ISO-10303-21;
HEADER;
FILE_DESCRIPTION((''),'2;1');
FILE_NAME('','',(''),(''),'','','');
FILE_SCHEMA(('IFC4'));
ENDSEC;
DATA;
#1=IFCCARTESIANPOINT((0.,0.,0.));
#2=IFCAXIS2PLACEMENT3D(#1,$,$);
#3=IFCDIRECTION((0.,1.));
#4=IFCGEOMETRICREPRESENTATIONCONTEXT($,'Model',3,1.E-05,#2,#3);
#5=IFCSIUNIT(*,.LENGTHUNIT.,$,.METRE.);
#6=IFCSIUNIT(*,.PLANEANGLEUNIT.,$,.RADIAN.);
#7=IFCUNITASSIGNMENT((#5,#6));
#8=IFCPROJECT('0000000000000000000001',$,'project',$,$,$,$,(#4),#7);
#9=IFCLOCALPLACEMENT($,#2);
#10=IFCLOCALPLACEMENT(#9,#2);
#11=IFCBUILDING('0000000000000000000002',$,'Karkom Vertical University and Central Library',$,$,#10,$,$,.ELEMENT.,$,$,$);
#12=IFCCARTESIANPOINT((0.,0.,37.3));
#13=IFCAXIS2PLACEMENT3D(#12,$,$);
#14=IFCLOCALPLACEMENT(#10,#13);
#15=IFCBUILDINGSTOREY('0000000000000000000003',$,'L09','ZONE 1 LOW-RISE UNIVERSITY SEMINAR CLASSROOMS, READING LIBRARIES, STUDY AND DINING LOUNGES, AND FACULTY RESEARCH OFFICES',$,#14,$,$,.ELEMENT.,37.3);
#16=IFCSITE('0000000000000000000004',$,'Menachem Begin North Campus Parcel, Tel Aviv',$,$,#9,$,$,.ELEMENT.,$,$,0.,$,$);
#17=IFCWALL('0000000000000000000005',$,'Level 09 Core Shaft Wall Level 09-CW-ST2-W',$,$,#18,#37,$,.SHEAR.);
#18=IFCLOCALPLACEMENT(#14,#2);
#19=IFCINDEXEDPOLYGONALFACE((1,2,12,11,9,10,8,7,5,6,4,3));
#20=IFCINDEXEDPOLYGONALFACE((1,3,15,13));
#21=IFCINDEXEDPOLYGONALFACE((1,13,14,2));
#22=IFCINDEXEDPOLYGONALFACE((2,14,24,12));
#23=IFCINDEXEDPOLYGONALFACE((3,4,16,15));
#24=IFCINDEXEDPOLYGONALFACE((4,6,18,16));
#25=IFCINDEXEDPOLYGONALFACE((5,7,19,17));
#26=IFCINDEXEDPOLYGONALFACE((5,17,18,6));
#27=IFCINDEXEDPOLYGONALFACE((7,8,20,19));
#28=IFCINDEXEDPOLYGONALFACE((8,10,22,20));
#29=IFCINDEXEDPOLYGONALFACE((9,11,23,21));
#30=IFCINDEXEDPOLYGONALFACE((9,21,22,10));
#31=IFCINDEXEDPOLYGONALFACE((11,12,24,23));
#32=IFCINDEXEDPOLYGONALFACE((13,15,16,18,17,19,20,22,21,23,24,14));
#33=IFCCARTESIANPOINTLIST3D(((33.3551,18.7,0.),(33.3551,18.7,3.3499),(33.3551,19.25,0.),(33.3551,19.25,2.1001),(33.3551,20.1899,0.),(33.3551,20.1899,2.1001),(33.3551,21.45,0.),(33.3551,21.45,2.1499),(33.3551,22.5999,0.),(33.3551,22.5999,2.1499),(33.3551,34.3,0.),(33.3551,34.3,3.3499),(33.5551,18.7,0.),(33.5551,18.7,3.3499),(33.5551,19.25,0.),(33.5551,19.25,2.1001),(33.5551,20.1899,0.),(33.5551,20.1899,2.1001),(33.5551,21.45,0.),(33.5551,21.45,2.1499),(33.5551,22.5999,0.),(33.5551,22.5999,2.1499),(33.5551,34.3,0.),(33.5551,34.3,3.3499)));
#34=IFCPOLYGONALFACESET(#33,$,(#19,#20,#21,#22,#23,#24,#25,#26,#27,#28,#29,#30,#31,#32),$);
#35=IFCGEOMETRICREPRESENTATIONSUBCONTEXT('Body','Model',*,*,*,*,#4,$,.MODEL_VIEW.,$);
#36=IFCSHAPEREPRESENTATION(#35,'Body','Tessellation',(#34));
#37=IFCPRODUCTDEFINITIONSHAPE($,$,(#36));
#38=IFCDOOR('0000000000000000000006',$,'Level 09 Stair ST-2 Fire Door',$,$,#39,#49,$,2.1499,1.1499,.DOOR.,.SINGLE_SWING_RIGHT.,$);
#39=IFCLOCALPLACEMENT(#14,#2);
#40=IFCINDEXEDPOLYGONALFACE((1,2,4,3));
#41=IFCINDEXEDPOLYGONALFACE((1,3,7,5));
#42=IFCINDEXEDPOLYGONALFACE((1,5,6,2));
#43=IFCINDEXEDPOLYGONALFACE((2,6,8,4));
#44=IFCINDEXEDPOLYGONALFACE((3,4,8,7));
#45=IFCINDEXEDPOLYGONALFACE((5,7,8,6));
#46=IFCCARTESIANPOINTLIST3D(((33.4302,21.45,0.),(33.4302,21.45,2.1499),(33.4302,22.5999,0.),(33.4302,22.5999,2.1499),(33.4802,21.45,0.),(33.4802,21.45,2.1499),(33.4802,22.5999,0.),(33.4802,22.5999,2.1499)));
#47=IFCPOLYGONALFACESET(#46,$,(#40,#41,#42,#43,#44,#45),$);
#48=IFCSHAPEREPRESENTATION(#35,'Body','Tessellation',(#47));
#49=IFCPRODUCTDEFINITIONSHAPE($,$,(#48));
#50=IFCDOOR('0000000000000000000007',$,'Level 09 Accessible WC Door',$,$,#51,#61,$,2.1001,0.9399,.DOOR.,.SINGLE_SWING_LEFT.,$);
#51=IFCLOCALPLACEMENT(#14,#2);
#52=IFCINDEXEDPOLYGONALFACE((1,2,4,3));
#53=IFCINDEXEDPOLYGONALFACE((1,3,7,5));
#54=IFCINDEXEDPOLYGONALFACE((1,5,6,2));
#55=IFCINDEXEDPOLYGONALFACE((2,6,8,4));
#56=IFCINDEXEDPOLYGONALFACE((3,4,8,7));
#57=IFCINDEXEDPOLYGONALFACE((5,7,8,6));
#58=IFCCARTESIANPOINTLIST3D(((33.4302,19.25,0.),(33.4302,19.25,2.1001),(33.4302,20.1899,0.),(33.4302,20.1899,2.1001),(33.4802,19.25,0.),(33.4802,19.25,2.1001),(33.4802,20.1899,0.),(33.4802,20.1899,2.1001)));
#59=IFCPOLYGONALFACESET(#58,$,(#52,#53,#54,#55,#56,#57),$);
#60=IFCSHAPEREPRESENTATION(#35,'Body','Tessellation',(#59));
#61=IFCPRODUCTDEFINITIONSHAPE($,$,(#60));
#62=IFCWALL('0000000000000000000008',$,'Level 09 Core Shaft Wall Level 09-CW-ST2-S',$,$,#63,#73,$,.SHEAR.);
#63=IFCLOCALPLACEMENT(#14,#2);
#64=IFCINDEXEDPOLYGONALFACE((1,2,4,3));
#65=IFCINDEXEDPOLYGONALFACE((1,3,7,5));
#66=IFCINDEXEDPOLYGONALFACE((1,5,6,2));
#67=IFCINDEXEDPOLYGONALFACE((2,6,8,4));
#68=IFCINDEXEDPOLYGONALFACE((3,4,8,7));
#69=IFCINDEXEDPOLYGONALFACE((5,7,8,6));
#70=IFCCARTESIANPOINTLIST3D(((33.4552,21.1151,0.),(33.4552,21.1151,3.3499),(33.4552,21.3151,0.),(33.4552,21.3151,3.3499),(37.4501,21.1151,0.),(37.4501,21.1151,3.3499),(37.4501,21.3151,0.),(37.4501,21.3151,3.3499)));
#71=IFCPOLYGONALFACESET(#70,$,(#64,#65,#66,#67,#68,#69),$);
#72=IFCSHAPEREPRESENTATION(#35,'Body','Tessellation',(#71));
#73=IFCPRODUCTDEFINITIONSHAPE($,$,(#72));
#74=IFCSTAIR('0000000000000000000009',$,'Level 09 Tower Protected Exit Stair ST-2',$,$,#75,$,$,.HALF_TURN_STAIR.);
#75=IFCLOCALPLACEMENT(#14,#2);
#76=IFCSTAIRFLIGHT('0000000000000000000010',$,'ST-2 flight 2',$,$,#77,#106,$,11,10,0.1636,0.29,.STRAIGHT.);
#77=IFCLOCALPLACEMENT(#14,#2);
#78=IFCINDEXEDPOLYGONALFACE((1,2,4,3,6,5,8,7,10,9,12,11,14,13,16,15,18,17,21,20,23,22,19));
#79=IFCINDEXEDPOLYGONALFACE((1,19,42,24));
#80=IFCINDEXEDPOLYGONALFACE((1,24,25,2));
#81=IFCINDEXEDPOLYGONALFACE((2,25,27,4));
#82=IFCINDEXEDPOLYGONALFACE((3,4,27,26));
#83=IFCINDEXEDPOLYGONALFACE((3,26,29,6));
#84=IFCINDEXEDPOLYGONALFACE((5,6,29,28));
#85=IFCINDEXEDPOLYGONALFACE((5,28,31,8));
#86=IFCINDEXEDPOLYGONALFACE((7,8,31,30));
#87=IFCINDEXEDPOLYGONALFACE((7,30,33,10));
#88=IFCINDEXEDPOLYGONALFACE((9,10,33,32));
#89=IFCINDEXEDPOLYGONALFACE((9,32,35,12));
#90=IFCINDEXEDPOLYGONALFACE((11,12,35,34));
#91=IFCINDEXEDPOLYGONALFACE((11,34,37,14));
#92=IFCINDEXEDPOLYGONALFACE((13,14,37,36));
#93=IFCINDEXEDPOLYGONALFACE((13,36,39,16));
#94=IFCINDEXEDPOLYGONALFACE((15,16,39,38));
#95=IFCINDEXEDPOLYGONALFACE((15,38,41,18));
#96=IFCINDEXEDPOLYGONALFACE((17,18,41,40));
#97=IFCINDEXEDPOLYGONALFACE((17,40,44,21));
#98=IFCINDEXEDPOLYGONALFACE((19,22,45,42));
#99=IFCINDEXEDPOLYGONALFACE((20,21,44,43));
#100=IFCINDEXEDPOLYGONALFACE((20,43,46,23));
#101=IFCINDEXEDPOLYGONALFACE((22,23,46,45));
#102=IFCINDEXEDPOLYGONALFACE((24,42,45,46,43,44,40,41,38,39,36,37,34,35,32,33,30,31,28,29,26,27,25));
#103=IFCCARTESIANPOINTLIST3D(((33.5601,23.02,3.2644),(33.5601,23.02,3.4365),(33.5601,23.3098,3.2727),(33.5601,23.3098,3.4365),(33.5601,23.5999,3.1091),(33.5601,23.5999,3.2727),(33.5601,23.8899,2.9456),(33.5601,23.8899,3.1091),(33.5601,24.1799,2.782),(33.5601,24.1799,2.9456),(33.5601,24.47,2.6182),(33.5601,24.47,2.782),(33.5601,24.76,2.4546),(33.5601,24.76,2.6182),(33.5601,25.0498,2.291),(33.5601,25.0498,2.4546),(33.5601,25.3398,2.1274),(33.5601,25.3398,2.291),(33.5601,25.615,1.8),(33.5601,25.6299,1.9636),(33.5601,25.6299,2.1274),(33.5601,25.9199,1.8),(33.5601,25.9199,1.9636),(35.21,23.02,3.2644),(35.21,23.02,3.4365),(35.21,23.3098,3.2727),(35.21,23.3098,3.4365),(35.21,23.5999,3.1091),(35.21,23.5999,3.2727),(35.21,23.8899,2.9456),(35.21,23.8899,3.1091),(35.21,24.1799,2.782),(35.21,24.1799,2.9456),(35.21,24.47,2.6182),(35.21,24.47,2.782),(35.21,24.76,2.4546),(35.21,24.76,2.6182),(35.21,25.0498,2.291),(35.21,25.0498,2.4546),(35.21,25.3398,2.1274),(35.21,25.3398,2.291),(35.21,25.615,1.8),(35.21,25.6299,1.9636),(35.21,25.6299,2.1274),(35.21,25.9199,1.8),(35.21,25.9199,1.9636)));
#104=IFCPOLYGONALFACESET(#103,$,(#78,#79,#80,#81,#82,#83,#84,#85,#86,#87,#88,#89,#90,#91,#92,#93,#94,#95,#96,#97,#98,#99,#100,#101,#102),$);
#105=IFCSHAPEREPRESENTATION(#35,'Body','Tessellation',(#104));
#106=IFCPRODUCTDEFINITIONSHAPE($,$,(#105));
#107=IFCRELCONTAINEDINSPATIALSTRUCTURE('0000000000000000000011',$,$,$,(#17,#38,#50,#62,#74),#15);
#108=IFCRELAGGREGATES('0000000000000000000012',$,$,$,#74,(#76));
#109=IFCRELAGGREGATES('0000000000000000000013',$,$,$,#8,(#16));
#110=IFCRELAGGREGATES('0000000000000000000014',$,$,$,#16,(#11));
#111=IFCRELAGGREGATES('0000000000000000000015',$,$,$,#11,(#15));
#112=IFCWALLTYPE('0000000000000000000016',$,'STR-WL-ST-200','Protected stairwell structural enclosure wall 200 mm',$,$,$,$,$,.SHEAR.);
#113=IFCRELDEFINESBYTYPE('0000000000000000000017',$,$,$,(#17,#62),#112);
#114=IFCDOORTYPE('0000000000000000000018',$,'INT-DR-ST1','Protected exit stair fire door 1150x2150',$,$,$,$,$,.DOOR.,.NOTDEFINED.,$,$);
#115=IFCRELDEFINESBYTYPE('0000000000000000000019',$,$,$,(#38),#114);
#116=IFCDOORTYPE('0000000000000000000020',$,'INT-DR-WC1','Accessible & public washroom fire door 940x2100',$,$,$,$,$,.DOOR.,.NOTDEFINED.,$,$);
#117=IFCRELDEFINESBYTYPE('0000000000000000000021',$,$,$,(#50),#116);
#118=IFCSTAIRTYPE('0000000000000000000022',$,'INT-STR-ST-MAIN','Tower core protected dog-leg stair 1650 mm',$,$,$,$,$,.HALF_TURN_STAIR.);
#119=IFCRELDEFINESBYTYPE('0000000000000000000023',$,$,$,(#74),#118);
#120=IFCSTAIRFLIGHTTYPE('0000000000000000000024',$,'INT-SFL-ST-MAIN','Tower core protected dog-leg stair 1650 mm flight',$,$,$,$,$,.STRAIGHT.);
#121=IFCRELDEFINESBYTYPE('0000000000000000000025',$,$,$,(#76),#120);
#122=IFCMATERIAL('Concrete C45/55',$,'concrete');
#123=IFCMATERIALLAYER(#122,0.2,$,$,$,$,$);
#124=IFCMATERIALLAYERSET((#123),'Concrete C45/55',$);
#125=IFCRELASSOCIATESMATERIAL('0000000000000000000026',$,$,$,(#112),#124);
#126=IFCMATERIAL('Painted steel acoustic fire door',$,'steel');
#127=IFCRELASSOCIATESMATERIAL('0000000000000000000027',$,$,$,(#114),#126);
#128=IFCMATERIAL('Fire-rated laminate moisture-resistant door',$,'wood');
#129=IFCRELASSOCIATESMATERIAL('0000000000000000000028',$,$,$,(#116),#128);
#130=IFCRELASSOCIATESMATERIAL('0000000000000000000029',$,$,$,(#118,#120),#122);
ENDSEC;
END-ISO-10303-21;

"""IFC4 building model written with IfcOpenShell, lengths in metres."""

from ifc_helpers import new_model, si_unit, direction, frame, frame_2d, origin, origin_with_axes, place, context, subcontext, project, spatial, polyline, rectangle, outline, extrude, source, transform, mapped, material, layer, layer_set, type_object, element, fill, aggregate, save


model = new_model("IFC4")

# Units and contexts
model_context = context("Model", 3, precision=1e-05, world=origin(), true_north=direction((0.0, 1.0)))
body_context = subcontext(model_context, "Body", "Model", "MODEL_VIEW")
ifc_project = project(units=[si_unit("LENGTHUNIT", "METRE"), si_unit("PLANEANGLEUNIT", "RADIAN")], contexts=[model_context])

# Site, building, storey
site_placement = place(None, origin())
site = spatial("IfcSite", under=ifc_project, at=site_placement, Name="Menachem Begin North Campus Parcel, Tel Aviv", CompositionType="ELEMENT", RefElevation=0.0)
building_placement = place(site_placement, origin())
building = spatial("IfcBuilding", under=site, at=building_placement, Name="Karkom Vertical University and Central Library", CompositionType="ELEMENT")
storey_placement = place(building_placement, frame((0.0, 0.0, 37.3)))
storey = spatial("IfcBuildingStorey", under=building, at=storey_placement, Name="L09", Description="ZONE 1 LOW-RISE UNIVERSITY SEMINAR CLASSROOMS, READING LIBRARIES, STUDY AND DINING LOUNGES, AND FACULTY RESEARCH OFFICES", CompositionType="ELEMENT", Elevation=37.3)

# Wall, openings, doors
ifc_material_1 = material(Name="Concrete C45/55", Category="concrete")
ifc_layer_1 = layer(ifc_material_1, 0.2)
ifc_layer_set_1 = layer_set([ifc_layer_1], Name="Concrete C45/55")
wall_type_1 = type_object("IfcWallType", Name="STR-WL-ST-200", Description="Protected stairwell structural enclosure wall 200 mm", PredefinedType="SHEAR", material=ifc_layer_set_1)
wall_1_placement = place(storey_placement, frame((33.4551, 18.7, 0.0), z_axis=(0.0, 0.0, 1.0), x_axis=(0.0, 1.0, 0.0)))
wall_1 = element("IfcWall", 1, at=wall_1_placement, inside=storey, type_object=wall_type_1, Name="Level 09 Core Shaft Wall Level 09-CW-ST2-W", PredefinedType="SHEAR", context=body_context, shape_type="SweptSolid", body=[
    extrude(rectangle(XDim=15.6001, YDim=0.2, at=frame_2d((7.8, 0.0))), origin(), (0.0, 0.0, 1.0), 3.3499),
])
opening_1_placement = place(wall_1_placement, frame((2.75, 0.0, 0.0)))
opening_1 = element("IfcOpeningElement", 2, at=opening_1_placement, cuts=wall_1, PredefinedType="OPENING", context=body_context, shape_type="SweptSolid", body=[
    extrude(rectangle(XDim=1.1499, YDim=2.1499, at=frame_2d((0.575, 1.075))), frame((0.0, 0.1099, 0.0), z_axis=(0.0, -1.0, 0.0), x_axis=(1.0, 0.0, 0.0)), (0.0, 0.0, 1.0), 0.22),
])
opening_2_placement = place(wall_1_placement, frame((0.55, 0.0, 0.0)))
opening_2 = element("IfcOpeningElement", 3, at=opening_2_placement, cuts=wall_1, PredefinedType="OPENING", context=body_context, shape_type="SweptSolid", body=[
    extrude(rectangle(XDim=0.9399, YDim=2.1001, at=frame_2d((0.47, 1.05))), frame((0.0, 0.1099, 0.0), z_axis=(0.0, -1.0, 0.0), x_axis=(1.0, 0.0, 0.0)), (0.0, 0.0, 1.0), 0.22),
])
ifc_material_2 = material(Name="Painted steel acoustic fire door", Category="steel")
door_type_1 = type_object("IfcDoorType", Name="INT-DR-ST1", Description="Protected exit stair fire door 1150x2150", OperationType="NOTDEFINED", PredefinedType="DOOR", material=ifc_material_2)
shared_shape_1 = source(origin_with_axes(), body_context, "Body", "SweptSolid", [
    extrude(rectangle(XDim=1.1499, YDim=2.1499, at=frame_2d((0.575, 1.075))), frame((0.0, 0.0249, 0.0), z_axis=(0.0, -1.0, 0.0), x_axis=(1.0, 0.0, 0.0)), (0.0, 0.0, 1.0), 0.05),
])
door_1_placement = place(opening_1_placement, origin())
door_1 = element("IfcDoor", 4, at=door_1_placement, inside=storey, type_object=door_type_1, Name="Level 09 Stair ST-2 Fire Door", OperationType="SINGLE_SWING_RIGHT", OverallHeight=2.1499, OverallWidth=1.1499, PredefinedType="DOOR", context=body_context, shape_type="MappedRepresentation", body=[
    mapped(shared_shape_1, transform((0.0, 0.0, 0.0), scale=1.0)),
])
fill(opening_1, door_1)
ifc_material_3 = material(Name="Fire-rated laminate moisture-resistant door", Category="wood")
door_type_2 = type_object("IfcDoorType", Name="INT-DR-WC1", Description="Accessible & public washroom fire door 940x2100", OperationType="NOTDEFINED", PredefinedType="DOOR", material=ifc_material_3)
shared_shape_2 = source(origin_with_axes(), body_context, "Body", "SweptSolid", [
    extrude(rectangle(XDim=0.9399, YDim=2.1001, at=frame_2d((0.47, 1.05))), frame((0.0, 0.0249, 0.0), z_axis=(0.0, -1.0, 0.0), x_axis=(1.0, 0.0, 0.0)), (0.0, 0.0, 1.0), 0.05),
])
door_2_placement = place(opening_2_placement, origin())
door_2 = element("IfcDoor", 5, at=door_2_placement, inside=storey, type_object=door_type_2, Name="Level 09 Accessible WC Door", OperationType="SINGLE_SWING_LEFT", OverallHeight=2.1001, OverallWidth=0.9399, PredefinedType="DOOR", context=body_context, shape_type="MappedRepresentation", body=[
    mapped(shared_shape_2, transform((0.0, 0.0, 0.0), scale=1.0)),
])
fill(opening_2, door_2)

# Wall
wall_2_placement = place(storey_placement, frame((33.4551, 21.2151, 0.0), z_axis=(0.0, 0.0, 1.0), x_axis=(1.0, 0.0, 0.0)))
element("IfcWall", 6, at=wall_2_placement, inside=storey, type_object=wall_type_1, Name="Level 09 Core Shaft Wall Level 09-CW-ST2-S", PredefinedType="SHEAR", context=body_context, shape_type="SweptSolid", body=[
    extrude(rectangle(XDim=3.9949, YDim=0.2, at=frame_2d((1.9976, 0.0))), origin(), (0.0, 0.0, 1.0), 3.3499),
])

# Stair, stair flight
stair_type = type_object("IfcStairType", Name="INT-STR-ST-MAIN", Description="Tower core protected dog-leg stair 1650 mm", PredefinedType="HALF_TURN_STAIR", material=ifc_material_1)
stair_placement = place(storey_placement, origin())
stair = element("IfcStair", 7, at=stair_placement, inside=storey, type_object=stair_type, Name="Level 09 Tower Protected Exit Stair ST-2", PredefinedType="HALF_TURN_STAIR")
stair_flight_type = type_object("IfcStairFlightType", Name="INT-SFL-ST-MAIN", Description="Tower core protected dog-leg stair 1650 mm flight", PredefinedType="STRAIGHT", material=ifc_material_1)
stair_flight_placement = place(storey_placement, frame((34.385, 25.9199, 1.8), z_axis=(0.0, 0.0, 1.0), x_axis=(0.0, -1.0, 0.0)))
stair_flight = element("IfcStairFlight", 8, at=stair_flight_placement, type_object=stair_flight_type, Name="ST-2 flight 2", NumberOfRisers=11, NumberOfTreads=10, PredefinedType="STRAIGHT", RiserHeight=0.1636, TreadLength=0.29, context=body_context, shape_type="SweptSolid", body=[
    extrude(outline(polyline([(0.0, 0.0), (0.0, 0.1636), (0.29, 0.1636), (0.29, 0.3274), (0.5801, 0.3274), (0.5801, 0.491), (0.8701, 0.491), (0.8701, 0.6545), (1.1599, 0.6545), (1.1599, 0.8181), (1.45, 0.8181), (1.45, 0.9819), (1.74, 0.9819), (1.74, 1.1455), (2.03, 1.1455), (2.03, 1.3091), (2.3201, 1.3091), (2.3201, 1.4727), (2.6101, 1.4727), (2.6101, 1.6365), (2.8999, 1.6365), (2.8999, 1.8), (2.8999, 1.4644), (0.3049, 0.0), (0.0, 0.0)])), frame((0.0, 0.825, 0.0), z_axis=(0.0, -1.0, 0.0), x_axis=(1.0, 0.0, 0.0)), (0.0, 0.0, 1.0), 1.6499),
])
aggregate(stair, [stair_flight])

save(model, "model.ifc")
